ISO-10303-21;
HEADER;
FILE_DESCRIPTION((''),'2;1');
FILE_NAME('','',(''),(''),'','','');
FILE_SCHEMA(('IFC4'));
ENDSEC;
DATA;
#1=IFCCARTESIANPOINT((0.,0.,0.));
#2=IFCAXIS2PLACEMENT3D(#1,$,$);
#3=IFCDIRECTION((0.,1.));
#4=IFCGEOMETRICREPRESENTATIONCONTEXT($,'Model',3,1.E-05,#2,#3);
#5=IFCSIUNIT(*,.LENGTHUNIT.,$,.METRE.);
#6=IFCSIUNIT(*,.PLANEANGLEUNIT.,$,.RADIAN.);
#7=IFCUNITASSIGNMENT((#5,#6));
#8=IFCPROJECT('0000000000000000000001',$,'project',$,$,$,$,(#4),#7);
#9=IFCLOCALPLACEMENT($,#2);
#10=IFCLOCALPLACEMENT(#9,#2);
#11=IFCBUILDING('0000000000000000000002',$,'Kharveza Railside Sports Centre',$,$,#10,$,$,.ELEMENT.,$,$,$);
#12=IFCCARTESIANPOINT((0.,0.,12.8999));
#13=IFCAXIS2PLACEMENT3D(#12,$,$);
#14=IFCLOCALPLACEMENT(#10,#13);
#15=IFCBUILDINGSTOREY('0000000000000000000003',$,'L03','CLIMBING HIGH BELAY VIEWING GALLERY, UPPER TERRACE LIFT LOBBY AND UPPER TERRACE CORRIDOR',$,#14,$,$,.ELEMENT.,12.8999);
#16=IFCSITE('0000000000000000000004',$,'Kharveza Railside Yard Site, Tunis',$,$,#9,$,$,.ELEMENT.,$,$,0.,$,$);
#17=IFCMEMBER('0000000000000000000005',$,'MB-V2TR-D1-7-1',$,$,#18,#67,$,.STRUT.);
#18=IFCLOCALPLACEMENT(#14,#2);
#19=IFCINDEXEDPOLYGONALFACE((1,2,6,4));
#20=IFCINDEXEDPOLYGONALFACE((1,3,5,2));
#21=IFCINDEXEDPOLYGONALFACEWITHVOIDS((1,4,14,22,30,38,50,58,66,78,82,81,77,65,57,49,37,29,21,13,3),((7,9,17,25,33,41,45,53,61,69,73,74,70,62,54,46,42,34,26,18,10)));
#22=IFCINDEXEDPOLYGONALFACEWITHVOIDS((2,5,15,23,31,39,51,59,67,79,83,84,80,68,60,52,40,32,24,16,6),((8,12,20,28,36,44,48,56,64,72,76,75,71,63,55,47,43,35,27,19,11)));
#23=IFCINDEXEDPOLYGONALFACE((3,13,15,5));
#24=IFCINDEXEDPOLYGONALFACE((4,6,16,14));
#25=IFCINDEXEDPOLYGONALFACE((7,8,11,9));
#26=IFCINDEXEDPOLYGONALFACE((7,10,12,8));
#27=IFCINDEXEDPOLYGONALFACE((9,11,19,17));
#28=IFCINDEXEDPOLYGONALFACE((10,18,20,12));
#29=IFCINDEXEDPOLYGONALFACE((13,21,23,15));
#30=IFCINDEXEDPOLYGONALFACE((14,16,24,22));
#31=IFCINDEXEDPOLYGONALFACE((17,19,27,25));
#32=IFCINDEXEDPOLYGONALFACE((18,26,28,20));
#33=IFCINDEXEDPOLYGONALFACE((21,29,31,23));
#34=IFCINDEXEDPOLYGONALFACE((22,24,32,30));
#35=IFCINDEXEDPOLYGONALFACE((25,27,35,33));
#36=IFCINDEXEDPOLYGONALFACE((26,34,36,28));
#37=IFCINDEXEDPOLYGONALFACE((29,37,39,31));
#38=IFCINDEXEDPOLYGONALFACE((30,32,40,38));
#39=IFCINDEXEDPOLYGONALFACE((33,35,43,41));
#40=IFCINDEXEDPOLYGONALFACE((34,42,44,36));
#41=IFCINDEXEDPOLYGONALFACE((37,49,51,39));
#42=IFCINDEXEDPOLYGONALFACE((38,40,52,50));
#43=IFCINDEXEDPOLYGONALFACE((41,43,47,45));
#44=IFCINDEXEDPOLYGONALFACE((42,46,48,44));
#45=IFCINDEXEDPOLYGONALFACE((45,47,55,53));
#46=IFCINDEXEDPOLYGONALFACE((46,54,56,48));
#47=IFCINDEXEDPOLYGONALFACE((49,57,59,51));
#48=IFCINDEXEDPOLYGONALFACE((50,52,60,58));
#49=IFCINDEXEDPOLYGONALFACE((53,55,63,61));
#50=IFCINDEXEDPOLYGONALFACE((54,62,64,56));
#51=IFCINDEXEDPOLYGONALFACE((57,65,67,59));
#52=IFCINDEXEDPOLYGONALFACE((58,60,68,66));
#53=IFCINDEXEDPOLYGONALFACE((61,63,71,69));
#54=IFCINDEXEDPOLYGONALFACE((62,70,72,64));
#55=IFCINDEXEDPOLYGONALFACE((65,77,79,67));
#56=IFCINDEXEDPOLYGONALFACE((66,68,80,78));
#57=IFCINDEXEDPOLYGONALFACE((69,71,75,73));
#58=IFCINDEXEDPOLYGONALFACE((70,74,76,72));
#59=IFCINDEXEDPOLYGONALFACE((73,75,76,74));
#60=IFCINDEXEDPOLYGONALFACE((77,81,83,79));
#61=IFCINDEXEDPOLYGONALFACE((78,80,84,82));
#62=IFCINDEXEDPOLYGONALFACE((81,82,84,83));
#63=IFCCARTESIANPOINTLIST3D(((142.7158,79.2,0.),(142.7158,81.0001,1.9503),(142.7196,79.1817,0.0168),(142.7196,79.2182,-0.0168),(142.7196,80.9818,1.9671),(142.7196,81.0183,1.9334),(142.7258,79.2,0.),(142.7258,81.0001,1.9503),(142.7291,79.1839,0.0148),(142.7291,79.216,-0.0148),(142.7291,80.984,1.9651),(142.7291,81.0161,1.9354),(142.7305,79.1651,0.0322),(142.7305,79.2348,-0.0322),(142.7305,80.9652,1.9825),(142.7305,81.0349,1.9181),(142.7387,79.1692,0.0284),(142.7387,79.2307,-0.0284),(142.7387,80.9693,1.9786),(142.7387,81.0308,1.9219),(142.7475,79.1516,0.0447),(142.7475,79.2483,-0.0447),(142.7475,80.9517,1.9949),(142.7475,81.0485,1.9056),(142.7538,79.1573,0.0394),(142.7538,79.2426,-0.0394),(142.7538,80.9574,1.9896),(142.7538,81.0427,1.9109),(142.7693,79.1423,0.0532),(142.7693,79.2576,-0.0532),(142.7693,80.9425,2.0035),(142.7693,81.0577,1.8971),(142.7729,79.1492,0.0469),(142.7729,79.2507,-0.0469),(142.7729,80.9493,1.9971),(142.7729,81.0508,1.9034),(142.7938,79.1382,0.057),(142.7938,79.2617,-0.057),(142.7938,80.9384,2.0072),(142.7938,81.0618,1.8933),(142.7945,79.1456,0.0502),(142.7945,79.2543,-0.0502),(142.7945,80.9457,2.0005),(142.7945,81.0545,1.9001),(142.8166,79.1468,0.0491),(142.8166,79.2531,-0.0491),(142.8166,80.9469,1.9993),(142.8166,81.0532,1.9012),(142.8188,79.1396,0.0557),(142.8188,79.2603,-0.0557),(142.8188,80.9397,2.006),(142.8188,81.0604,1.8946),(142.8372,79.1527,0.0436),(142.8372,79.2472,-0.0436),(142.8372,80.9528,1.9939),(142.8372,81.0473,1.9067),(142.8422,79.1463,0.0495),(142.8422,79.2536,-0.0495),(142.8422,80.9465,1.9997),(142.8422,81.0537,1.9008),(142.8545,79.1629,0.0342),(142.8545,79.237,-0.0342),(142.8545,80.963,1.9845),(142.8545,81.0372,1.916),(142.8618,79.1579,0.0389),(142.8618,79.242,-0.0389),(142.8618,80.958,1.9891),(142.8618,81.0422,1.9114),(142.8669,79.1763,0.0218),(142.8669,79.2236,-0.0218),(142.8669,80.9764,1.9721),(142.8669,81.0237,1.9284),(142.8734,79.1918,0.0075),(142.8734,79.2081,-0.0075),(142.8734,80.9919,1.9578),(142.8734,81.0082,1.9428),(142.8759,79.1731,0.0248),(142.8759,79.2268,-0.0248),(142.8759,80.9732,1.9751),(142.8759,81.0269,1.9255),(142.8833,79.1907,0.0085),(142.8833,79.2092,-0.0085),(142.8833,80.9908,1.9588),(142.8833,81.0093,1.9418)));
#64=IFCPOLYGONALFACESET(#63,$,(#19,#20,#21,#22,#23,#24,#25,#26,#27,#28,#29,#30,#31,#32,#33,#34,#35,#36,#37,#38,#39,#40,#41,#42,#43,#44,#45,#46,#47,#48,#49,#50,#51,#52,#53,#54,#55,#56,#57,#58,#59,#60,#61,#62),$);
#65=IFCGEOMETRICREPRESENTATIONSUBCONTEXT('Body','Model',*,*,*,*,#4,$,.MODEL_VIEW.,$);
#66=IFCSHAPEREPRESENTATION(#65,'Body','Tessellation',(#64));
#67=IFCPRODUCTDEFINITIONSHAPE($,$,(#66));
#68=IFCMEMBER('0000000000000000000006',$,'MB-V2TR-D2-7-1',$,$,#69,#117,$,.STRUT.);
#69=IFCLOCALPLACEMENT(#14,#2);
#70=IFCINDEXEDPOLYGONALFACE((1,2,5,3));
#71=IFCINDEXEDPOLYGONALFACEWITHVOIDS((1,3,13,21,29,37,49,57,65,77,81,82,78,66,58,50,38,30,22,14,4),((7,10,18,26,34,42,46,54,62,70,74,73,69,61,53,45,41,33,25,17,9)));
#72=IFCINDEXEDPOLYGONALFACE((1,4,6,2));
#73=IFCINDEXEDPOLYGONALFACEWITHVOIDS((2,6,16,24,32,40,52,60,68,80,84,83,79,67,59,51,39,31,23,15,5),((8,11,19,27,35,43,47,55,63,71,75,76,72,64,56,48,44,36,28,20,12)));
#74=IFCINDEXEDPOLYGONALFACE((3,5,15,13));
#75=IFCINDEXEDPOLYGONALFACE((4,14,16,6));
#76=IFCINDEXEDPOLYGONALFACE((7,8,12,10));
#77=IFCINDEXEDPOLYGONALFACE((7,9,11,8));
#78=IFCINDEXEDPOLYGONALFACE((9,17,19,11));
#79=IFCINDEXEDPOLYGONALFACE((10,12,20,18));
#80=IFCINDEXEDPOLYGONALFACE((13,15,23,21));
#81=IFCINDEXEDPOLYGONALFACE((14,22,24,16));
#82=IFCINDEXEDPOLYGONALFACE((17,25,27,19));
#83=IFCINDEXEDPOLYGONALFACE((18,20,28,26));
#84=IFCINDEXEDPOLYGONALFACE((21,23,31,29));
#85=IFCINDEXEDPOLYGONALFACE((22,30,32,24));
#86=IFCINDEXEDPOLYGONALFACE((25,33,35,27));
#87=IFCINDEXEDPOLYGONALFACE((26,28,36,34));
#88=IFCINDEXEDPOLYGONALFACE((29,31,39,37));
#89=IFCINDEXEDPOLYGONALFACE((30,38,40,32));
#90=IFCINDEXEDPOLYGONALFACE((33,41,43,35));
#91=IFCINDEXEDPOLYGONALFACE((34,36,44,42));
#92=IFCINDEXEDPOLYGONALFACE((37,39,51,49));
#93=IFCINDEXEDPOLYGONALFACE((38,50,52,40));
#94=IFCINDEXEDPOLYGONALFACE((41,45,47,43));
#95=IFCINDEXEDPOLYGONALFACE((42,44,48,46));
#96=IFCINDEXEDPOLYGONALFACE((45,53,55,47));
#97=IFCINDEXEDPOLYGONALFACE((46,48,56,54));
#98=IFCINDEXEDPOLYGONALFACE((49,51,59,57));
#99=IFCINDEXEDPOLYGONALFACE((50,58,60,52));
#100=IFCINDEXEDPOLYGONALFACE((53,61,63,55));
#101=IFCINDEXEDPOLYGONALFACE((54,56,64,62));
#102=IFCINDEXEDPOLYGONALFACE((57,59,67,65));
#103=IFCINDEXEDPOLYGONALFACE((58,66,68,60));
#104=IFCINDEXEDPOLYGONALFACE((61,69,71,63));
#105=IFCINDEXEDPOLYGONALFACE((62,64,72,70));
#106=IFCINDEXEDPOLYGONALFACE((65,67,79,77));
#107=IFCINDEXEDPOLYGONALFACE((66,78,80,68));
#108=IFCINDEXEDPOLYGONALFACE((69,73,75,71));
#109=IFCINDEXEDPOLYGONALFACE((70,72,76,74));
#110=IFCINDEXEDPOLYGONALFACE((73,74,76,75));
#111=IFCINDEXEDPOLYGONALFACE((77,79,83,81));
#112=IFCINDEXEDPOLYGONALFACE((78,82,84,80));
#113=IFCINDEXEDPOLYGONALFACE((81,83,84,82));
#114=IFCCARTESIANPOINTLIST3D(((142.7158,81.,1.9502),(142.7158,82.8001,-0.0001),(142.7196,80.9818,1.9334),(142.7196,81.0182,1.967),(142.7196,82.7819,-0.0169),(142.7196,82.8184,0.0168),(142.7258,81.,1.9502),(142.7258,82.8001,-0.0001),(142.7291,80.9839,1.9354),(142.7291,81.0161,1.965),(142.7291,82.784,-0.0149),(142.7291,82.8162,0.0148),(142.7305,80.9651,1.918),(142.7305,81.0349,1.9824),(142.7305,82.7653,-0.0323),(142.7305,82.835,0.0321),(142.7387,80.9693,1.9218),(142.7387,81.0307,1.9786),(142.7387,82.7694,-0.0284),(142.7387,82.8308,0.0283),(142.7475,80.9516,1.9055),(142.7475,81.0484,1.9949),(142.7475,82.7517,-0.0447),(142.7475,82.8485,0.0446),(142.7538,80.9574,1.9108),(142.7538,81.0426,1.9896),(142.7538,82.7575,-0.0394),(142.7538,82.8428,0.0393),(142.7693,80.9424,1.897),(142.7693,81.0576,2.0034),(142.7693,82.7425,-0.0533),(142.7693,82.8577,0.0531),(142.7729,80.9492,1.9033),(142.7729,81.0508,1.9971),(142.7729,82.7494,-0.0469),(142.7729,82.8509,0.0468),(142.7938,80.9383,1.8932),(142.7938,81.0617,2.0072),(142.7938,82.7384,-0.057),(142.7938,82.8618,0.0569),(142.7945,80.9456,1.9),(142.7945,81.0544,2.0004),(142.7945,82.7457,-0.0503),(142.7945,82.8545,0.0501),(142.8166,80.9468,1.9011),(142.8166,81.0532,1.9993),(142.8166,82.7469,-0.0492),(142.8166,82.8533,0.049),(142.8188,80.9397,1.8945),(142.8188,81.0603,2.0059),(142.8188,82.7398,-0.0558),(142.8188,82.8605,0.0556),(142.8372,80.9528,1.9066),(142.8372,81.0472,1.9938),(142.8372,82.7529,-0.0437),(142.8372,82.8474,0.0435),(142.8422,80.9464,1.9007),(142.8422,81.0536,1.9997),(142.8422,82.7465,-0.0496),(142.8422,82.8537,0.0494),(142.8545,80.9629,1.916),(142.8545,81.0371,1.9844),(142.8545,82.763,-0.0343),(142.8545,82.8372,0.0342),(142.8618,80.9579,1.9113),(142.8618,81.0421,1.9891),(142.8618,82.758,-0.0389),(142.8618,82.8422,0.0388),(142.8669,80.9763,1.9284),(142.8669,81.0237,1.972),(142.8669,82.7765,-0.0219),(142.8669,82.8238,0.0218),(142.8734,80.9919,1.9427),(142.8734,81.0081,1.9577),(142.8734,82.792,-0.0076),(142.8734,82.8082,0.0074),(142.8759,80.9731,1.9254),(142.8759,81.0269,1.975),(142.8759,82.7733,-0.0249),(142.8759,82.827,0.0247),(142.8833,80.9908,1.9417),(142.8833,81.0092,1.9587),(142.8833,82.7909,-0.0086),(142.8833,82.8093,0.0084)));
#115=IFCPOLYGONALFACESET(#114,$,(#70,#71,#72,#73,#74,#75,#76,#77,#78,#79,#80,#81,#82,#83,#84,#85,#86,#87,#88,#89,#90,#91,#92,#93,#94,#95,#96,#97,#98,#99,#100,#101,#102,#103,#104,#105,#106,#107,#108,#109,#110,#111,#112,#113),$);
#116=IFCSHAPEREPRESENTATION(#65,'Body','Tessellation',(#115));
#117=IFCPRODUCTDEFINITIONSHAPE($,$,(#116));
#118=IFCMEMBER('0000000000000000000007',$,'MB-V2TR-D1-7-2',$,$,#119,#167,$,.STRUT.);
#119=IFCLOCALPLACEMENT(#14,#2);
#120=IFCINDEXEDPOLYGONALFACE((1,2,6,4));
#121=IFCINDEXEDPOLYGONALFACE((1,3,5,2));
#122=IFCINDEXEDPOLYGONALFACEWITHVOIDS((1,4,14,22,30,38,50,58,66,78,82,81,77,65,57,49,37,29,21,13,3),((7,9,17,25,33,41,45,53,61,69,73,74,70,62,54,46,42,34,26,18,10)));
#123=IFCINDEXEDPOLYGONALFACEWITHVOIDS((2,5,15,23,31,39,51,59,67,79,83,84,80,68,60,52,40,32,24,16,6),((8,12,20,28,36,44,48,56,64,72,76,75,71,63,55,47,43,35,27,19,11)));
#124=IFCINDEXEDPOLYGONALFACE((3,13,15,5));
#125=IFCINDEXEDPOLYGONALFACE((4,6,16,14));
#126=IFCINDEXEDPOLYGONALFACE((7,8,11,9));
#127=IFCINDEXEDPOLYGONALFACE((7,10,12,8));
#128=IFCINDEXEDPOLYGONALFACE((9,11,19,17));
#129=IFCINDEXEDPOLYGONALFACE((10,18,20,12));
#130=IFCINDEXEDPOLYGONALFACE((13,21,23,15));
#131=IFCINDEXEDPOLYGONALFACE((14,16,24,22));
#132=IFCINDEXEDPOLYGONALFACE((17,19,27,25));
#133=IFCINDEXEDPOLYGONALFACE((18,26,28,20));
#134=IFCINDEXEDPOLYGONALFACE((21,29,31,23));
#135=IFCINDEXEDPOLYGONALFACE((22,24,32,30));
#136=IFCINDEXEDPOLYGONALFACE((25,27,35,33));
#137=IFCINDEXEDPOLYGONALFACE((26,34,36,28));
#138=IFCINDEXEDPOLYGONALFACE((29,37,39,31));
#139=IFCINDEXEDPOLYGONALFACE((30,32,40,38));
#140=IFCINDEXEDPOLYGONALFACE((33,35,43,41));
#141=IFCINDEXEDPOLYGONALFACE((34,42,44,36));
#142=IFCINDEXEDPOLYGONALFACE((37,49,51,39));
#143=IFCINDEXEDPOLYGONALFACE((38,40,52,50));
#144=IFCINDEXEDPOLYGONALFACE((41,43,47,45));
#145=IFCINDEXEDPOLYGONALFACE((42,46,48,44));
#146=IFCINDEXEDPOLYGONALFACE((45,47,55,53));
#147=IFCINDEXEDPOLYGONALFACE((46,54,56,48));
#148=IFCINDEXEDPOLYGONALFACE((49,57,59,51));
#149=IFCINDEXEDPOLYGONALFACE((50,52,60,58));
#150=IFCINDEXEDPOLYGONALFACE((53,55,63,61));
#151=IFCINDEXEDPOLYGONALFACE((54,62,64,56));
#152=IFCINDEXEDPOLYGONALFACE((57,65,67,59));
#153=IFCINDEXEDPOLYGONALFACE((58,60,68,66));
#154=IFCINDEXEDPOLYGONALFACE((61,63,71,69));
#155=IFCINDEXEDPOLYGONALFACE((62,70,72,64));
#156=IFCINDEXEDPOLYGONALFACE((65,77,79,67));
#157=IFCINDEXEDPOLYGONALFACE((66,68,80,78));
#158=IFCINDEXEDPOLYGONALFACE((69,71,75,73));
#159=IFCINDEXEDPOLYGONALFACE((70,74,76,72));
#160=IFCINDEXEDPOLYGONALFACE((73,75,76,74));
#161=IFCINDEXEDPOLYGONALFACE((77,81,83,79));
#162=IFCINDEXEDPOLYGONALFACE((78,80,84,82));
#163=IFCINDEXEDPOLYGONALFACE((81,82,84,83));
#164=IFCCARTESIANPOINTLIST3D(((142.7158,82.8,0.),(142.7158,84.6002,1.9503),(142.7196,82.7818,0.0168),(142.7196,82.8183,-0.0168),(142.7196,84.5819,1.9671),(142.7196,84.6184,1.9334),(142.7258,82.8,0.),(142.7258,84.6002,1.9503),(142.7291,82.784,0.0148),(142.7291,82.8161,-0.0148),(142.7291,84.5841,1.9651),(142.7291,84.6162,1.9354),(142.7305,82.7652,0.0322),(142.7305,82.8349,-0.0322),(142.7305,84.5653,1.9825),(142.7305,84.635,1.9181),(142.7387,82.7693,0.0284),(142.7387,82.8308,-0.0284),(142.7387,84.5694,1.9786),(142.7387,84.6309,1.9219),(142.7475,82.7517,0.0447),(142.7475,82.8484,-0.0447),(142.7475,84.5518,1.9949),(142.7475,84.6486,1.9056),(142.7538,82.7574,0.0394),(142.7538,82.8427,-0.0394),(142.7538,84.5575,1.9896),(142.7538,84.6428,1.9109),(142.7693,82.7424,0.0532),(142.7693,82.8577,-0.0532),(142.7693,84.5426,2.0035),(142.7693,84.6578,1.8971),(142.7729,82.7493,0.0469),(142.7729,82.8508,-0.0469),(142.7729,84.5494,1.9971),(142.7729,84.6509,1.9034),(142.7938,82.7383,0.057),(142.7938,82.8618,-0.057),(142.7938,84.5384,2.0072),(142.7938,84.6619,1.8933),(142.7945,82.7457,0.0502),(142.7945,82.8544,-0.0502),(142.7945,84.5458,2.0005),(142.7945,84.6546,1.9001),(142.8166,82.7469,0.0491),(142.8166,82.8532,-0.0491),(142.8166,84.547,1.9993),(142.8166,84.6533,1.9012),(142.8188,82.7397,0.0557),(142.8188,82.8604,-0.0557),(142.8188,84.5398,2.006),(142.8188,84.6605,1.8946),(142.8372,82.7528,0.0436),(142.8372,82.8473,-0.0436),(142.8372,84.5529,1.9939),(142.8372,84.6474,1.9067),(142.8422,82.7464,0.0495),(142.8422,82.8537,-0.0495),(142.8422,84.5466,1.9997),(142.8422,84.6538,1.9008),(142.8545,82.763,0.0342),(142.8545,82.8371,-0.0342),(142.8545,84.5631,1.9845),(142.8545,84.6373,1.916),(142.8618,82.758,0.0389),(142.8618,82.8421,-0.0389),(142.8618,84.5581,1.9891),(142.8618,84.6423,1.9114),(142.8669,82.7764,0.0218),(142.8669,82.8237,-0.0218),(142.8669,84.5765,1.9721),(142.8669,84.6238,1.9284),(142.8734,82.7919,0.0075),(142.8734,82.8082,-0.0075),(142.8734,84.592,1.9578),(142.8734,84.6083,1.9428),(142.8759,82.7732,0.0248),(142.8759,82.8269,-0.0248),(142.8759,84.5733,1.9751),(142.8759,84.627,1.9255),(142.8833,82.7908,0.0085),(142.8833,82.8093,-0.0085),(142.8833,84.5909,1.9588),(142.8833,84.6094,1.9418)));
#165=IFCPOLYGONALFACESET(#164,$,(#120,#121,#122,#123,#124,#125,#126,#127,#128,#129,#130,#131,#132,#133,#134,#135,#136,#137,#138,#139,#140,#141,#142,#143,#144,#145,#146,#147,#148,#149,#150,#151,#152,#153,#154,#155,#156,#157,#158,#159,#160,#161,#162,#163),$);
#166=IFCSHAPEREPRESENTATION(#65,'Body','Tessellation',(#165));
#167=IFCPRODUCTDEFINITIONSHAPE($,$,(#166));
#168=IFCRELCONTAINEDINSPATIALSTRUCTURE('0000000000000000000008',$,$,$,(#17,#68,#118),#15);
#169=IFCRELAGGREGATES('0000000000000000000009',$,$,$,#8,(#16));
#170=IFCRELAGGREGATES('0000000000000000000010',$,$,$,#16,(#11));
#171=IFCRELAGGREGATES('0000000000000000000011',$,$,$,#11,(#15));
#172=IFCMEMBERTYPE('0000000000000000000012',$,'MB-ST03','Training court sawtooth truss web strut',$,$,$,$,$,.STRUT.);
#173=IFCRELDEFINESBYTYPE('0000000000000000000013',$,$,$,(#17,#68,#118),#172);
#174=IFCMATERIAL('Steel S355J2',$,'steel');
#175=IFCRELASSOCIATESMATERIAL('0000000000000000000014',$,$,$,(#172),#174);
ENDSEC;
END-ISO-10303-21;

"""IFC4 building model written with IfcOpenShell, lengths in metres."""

from ifc_helpers import new_model, si_unit, direction, frame, origin, origin_2d, place, context, subcontext, project, spatial, hollow_circle, extrude, material, material_profile, profile_set, type_object, element, save


model = new_model("IFC4")

# Units and contexts
model_context = context("Model", 3, precision=1e-05, world=origin(), true_north=direction((0.0, 1.0)))
body_context = subcontext(model_context, "Body", "Model", "MODEL_VIEW")
ifc_project = project(units=[si_unit("LENGTHUNIT", "METRE"), si_unit("PLANEANGLEUNIT", "RADIAN")], contexts=[model_context])

# Site, building, storey
site_placement = place(None, origin())
site = spatial("IfcSite", under=ifc_project, at=site_placement, Name="Kharveza Railside Yard Site, Tunis", CompositionType="ELEMENT", RefElevation=0.0)
building_placement = place(site_placement, origin())
building = spatial("IfcBuilding", under=site, at=building_placement, Name="Kharveza Railside Sports Centre", CompositionType="ELEMENT")
storey_placement = place(building_placement, frame((0.0, 0.0, 12.8999)))
storey = spatial("IfcBuildingStorey", under=building, at=storey_placement, Name="L03", Description="CLIMBING HIGH BELAY VIEWING GALLERY, UPPER TERRACE LIFT LOBBY AND UPPER TERRACE CORRIDOR", CompositionType="ELEMENT", Elevation=12.8999)

# Shared definitions
ifc_material_1 = material(Name="Steel S355J2", Category="steel")

# Members
ifc_material_profile_1 = material_profile(ifc_material_1, hollow_circle(Radius=0.0842, WallThickness=0.01, at=origin_2d()), Name="CHS 168.3x10.0")
ifc_profile_set_1 = profile_set([ifc_material_profile_1], Name="Steel S355J2")
member_type_1 = type_object("IfcMemberType", Name="MB-ST03", Description="Training court sawtooth truss web strut", PredefinedType="STRUT", material=ifc_profile_set_1)
for number, where, z_axis, x_axis, name in (
    (1, (142.8, 79.2, 0.0), (0.0, 0.678253, 0.734828), (-1.0, 0.0, 0.0), "MB-V2TR-D1-7-1"),
    (2, (142.8, 81.0, 1.9502), (0.0, 0.678253, -0.734828), (-1.0, 0.0, 0.0), "MB-V2TR-D2-7-1"),
    (3, (142.8, 82.8, 0.0), (0.0, 0.678253, 0.734828), (-1.0, 0.0, 0.0), "MB-V2TR-D1-7-2"),
):
    element("IfcMember", number, at=place(storey_placement, frame(where, z_axis=z_axis, x_axis=x_axis)), inside=storey, type_object=member_type_1, Name=name, PredefinedType="STRUT", context=body_context, shape_type="SweptSolid", body=[
        extrude(hollow_circle(Radius=0.0842, WallThickness=0.01, at=origin_2d()), origin(), (0.0, 0.0, 1.0), 2.6541),
    ])

save(model, "model.ifc")
